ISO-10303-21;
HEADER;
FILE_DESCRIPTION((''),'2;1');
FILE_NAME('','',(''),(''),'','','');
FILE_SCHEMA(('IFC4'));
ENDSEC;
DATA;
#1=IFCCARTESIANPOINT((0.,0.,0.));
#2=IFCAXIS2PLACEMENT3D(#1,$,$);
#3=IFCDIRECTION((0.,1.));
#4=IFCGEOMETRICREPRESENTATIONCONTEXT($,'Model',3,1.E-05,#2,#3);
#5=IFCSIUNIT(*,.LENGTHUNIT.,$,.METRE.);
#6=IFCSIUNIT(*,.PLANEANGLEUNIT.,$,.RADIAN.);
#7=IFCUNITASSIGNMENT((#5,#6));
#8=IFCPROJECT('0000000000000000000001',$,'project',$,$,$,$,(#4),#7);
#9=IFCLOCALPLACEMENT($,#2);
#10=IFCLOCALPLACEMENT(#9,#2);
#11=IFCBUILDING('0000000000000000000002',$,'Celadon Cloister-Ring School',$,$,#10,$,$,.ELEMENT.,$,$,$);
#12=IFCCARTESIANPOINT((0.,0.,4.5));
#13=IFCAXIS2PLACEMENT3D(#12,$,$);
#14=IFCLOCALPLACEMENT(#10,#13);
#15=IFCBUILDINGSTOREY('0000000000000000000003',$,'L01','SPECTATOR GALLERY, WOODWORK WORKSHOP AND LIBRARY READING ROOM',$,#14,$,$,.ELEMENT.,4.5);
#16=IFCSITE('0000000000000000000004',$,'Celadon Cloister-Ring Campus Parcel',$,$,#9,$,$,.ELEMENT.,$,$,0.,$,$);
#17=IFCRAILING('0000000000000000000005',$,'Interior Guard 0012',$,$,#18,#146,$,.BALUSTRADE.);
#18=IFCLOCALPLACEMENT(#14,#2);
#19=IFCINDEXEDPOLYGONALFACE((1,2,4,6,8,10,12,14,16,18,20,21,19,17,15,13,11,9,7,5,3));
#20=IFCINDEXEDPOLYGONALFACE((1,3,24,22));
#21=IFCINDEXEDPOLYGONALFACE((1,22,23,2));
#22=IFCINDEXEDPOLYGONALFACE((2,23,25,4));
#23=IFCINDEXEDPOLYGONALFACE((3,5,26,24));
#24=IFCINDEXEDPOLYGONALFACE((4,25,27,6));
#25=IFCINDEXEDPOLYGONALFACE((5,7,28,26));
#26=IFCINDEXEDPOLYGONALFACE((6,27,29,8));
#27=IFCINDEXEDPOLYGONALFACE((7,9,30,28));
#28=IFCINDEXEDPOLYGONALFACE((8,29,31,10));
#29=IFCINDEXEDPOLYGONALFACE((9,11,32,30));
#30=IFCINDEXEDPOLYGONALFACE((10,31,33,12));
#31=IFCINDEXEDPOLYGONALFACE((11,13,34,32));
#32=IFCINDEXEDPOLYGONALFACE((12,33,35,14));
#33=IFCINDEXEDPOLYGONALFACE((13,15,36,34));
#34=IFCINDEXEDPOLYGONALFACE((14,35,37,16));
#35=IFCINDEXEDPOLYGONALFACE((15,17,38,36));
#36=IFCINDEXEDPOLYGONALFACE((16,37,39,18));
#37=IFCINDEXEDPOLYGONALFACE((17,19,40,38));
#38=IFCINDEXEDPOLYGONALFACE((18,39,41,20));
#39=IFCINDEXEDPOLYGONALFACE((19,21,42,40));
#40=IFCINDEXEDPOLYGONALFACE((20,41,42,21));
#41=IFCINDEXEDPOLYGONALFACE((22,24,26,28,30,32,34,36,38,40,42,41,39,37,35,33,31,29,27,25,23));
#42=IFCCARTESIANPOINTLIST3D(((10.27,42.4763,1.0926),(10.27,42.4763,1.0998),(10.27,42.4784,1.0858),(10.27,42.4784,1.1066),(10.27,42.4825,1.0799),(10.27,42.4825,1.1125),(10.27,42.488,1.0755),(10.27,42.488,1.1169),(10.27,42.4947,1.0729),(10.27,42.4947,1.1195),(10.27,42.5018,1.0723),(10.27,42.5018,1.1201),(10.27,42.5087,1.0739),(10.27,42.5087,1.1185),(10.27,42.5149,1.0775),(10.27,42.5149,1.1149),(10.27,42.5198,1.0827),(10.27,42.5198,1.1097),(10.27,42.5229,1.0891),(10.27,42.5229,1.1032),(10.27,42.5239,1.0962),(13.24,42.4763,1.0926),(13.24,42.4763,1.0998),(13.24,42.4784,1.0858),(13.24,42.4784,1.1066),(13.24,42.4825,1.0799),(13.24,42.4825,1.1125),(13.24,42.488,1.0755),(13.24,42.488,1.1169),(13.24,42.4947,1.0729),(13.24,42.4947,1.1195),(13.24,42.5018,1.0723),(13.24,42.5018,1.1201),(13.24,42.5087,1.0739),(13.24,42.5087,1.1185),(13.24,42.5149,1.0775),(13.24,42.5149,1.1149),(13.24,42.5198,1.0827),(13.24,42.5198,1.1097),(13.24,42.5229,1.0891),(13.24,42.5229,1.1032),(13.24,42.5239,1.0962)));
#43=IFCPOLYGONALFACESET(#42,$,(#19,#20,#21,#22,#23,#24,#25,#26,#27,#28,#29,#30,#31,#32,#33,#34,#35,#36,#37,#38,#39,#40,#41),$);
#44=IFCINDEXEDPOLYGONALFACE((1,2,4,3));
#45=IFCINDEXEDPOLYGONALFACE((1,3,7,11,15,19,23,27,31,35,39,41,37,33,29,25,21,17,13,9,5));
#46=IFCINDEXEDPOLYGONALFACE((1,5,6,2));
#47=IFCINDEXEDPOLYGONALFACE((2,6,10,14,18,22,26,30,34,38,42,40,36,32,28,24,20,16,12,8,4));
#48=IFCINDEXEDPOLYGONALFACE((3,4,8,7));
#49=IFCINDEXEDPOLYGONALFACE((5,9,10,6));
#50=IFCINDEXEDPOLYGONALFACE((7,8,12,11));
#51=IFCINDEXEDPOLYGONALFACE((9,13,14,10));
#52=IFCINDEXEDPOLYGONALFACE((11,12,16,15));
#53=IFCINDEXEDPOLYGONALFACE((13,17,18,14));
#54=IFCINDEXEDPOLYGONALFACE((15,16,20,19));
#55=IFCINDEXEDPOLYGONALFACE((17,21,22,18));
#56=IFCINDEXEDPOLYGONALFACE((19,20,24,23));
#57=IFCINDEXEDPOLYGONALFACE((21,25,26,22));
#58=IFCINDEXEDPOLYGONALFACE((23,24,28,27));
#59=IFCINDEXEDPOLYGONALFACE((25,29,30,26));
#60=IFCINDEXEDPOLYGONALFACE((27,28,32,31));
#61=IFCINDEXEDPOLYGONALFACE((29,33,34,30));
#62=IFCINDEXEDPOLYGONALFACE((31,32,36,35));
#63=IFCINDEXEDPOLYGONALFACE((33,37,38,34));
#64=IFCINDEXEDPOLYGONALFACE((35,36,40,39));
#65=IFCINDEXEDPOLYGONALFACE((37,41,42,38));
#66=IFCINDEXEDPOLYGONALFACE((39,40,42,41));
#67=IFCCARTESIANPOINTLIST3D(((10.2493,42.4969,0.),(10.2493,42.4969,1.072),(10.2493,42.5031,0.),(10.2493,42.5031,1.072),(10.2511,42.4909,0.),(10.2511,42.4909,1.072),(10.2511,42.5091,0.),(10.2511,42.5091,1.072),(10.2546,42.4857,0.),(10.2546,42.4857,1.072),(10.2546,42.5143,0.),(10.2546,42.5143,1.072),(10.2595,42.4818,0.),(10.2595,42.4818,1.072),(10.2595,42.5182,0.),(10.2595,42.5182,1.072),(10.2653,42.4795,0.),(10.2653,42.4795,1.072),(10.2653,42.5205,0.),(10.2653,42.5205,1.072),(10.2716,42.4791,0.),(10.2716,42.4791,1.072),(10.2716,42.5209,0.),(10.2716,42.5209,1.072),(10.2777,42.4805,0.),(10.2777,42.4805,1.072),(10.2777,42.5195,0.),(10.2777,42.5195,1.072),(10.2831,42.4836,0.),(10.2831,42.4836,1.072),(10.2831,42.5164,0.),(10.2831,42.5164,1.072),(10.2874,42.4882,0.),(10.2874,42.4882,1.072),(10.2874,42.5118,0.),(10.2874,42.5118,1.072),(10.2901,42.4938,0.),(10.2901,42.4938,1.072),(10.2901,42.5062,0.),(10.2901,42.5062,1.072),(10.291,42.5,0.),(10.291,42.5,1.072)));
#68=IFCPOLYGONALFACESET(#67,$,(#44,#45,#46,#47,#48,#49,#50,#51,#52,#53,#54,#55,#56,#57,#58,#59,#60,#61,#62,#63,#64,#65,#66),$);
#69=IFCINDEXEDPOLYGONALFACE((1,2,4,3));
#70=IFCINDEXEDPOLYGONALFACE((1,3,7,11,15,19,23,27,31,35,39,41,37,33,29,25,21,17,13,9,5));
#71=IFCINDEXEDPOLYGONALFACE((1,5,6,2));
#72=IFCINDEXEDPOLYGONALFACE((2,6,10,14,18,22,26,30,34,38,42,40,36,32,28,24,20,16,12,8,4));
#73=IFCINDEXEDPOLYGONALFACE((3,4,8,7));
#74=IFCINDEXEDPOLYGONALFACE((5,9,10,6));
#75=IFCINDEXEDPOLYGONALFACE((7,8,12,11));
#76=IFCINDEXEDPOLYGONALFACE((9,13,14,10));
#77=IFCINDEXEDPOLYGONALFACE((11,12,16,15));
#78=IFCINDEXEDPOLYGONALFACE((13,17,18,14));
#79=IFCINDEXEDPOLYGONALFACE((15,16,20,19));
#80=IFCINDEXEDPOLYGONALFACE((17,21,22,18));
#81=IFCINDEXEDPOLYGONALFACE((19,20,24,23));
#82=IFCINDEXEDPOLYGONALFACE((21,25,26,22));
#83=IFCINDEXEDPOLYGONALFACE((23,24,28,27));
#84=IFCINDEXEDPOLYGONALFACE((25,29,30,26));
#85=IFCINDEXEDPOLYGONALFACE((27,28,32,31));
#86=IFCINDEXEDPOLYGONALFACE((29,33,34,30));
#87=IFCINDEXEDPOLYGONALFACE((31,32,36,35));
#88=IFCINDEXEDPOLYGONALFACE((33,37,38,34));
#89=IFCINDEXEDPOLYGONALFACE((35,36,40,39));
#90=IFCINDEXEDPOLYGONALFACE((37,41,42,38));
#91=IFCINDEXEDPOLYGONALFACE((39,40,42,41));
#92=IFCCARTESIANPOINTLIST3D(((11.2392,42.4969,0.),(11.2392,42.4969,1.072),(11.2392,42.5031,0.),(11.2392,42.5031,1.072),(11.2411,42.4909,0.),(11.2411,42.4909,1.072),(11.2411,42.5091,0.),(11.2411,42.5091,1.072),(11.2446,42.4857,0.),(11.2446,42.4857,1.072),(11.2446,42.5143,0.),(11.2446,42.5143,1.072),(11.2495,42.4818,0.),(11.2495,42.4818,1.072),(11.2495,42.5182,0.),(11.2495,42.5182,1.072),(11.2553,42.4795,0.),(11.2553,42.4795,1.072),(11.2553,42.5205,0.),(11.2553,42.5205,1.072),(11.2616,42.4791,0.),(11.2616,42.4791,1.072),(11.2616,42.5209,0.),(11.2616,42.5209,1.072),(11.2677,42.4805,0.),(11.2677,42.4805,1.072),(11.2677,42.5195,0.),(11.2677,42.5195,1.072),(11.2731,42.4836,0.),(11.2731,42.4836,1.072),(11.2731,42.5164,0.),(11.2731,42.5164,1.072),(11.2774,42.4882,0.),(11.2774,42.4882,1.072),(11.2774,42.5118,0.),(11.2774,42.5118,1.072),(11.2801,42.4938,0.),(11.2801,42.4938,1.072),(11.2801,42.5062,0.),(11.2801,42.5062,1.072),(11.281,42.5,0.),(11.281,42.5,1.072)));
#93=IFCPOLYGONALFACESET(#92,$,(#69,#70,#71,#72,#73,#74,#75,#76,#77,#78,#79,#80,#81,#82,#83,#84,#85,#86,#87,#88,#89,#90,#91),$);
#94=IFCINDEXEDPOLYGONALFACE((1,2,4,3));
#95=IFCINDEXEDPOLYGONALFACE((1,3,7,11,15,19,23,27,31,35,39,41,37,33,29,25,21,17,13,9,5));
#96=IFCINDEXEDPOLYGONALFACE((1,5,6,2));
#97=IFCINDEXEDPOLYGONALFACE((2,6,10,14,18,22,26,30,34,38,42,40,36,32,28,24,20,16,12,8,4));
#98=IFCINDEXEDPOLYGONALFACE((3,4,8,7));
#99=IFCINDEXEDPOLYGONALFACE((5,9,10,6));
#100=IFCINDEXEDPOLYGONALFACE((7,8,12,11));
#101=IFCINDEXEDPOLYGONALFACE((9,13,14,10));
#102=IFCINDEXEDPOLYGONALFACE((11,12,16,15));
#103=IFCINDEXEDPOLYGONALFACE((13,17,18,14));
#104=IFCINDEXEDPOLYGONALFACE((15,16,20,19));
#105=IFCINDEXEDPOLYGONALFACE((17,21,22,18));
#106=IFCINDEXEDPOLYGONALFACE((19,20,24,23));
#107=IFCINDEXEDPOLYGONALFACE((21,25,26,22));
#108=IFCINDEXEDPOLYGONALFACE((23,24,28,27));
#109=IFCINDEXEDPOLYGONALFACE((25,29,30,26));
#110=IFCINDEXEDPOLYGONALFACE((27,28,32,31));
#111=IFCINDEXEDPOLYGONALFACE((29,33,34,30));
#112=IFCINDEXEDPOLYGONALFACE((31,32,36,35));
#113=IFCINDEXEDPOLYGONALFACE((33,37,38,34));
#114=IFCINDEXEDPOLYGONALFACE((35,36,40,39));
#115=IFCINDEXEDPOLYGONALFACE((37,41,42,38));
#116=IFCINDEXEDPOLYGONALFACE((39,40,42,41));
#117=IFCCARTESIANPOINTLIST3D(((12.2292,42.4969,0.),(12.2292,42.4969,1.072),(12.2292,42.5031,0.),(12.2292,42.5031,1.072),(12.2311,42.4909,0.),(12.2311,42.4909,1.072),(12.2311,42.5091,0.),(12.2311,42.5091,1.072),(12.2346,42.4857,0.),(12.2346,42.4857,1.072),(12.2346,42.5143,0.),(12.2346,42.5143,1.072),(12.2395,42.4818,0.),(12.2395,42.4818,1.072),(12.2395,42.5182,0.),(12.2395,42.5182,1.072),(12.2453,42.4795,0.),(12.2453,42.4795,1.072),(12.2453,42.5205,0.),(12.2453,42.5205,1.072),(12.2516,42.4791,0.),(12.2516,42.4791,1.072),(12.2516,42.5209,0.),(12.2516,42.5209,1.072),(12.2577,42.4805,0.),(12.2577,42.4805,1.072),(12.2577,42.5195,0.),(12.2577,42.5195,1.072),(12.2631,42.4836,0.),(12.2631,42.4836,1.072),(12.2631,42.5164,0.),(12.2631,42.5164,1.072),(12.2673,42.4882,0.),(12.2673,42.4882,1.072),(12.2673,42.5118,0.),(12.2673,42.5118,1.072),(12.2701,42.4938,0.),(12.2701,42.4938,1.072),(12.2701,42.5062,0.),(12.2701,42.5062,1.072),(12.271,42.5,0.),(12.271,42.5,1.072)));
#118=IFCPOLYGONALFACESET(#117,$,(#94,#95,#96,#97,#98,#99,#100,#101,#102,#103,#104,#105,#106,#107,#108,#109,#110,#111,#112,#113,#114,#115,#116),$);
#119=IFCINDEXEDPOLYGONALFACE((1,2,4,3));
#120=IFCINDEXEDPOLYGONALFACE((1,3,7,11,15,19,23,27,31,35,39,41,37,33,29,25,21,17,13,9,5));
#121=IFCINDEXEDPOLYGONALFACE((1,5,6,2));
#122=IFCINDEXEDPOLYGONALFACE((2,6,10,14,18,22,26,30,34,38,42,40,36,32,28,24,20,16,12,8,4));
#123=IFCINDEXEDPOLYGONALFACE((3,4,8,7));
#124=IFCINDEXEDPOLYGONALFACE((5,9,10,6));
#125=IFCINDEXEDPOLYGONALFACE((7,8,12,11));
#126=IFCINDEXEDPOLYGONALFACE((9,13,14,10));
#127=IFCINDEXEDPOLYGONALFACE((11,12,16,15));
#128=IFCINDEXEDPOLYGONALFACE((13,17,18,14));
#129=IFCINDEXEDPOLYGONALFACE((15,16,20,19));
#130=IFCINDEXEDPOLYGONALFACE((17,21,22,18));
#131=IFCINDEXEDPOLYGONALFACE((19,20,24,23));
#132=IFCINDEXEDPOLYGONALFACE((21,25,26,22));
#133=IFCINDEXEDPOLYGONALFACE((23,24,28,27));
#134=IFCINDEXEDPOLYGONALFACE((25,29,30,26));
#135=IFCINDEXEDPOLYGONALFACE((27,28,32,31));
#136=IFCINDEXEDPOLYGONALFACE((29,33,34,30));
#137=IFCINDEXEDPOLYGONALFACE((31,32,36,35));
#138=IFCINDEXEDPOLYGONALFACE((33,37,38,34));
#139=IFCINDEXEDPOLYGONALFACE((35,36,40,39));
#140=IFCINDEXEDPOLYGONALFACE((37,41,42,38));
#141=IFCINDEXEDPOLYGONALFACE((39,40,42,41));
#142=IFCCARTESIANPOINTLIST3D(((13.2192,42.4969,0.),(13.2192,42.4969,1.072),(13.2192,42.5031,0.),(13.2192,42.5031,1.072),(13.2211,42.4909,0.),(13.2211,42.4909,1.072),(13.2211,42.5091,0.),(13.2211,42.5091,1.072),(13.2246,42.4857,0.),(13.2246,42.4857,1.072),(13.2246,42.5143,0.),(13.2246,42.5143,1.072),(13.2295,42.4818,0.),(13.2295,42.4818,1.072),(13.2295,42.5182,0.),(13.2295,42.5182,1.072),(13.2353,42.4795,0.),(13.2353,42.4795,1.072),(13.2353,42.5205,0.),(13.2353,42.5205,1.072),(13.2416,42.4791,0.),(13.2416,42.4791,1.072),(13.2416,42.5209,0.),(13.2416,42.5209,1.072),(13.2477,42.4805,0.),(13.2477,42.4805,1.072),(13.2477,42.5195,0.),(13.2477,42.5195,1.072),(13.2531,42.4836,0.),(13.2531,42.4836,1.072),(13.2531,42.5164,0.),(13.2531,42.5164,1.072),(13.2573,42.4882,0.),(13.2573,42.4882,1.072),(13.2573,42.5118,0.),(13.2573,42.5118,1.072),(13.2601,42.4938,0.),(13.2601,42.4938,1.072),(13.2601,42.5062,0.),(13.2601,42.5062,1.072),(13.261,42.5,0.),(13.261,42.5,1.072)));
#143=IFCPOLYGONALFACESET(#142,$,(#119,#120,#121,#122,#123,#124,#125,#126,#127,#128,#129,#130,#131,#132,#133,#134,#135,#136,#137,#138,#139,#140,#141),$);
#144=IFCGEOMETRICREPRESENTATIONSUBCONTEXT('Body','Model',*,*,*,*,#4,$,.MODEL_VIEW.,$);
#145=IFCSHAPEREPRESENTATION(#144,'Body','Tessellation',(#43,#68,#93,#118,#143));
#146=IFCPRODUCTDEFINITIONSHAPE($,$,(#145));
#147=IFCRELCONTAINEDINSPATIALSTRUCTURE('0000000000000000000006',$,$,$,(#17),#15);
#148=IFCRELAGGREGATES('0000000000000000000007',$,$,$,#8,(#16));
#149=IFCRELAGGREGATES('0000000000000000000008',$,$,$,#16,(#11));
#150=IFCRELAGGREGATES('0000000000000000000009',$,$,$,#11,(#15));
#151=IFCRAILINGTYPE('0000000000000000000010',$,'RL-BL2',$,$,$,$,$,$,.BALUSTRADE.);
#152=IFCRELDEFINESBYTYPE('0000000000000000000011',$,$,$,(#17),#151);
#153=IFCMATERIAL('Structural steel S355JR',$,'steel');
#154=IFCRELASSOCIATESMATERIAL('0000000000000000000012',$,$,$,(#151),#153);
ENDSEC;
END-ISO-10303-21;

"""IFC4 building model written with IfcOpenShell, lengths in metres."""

from ifc_helpers import new_model, si_unit, direction, frame, origin, origin_2d, place, context, subcontext, project, spatial, circle, extrude, material, type_object, element, save


model = new_model("IFC4")

# Units and contexts
model_context = context("Model", 3, precision=1e-05, world=origin(), true_north=direction((0.0, 1.0)))
body_context = subcontext(model_context, "Body", "Model", "MODEL_VIEW")
ifc_project = project(units=[si_unit("LENGTHUNIT", "METRE"), si_unit("PLANEANGLEUNIT", "RADIAN")], contexts=[model_context])

# Site, building, storey
site_placement = place(None, origin())
site = spatial("IfcSite", under=ifc_project, at=site_placement, Name="Celadon Cloister-Ring Campus Parcel", CompositionType="ELEMENT", RefElevation=0.0)
building_placement = place(site_placement, origin())
building = spatial("IfcBuilding", under=site, at=building_placement, Name="Celadon Cloister-Ring School", CompositionType="ELEMENT")
storey_placement = place(building_placement, frame((0.0, 0.0, 4.5)))
storey = spatial("IfcBuildingStorey", under=building, at=storey_placement, Name="L01", Description="SPECTATOR GALLERY, WOODWORK WORKSHOP AND LIBRARY READING ROOM", CompositionType="ELEMENT", Elevation=4.5)

# Railing
ifc_material_1 = material(Name="Structural steel S355JR", Category="steel")
railing_type_1 = type_object("IfcRailingType", Name="RL-BL2", PredefinedType="BALUSTRADE", material=ifc_material_1)
railing_1_placement = place(storey_placement, frame((10.27, 42.5, 0.0)))
element("IfcRailing", 1, at=railing_1_placement, inside=storey, type_object=railing_type_1, Name="Interior Guard 0012", PredefinedType="BALUSTRADE", context=body_context, shape_type="SweptSolid", body=[
    extrude(circle(Radius=0.0239, at=origin_2d()), frame((0.0, 0.0, 1.0962), z_axis=(1.0, 0.0, 0.0), x_axis=(0.0, 1.0, 0.0)), (0.0, 0.0, 1.0), 2.97),
    extrude(circle(Radius=0.021, at=origin_2d()), origin(), (0.0, 0.0, 1.0), 1.072),
    extrude(circle(Radius=0.021, at=origin_2d()), frame((0.99, 0.0, 0.0)), (0.0, 0.0, 1.0), 1.072),
    extrude(circle(Radius=0.021, at=origin_2d()), frame((1.98, 0.0, 0.0)), (0.0, 0.0, 1.0), 1.072),
    extrude(circle(Radius=0.021, at=origin_2d()), frame((2.97, 0.0, 0.0)), (0.0, 0.0, 1.0), 1.072),
])

save(model, "model.ifc")
